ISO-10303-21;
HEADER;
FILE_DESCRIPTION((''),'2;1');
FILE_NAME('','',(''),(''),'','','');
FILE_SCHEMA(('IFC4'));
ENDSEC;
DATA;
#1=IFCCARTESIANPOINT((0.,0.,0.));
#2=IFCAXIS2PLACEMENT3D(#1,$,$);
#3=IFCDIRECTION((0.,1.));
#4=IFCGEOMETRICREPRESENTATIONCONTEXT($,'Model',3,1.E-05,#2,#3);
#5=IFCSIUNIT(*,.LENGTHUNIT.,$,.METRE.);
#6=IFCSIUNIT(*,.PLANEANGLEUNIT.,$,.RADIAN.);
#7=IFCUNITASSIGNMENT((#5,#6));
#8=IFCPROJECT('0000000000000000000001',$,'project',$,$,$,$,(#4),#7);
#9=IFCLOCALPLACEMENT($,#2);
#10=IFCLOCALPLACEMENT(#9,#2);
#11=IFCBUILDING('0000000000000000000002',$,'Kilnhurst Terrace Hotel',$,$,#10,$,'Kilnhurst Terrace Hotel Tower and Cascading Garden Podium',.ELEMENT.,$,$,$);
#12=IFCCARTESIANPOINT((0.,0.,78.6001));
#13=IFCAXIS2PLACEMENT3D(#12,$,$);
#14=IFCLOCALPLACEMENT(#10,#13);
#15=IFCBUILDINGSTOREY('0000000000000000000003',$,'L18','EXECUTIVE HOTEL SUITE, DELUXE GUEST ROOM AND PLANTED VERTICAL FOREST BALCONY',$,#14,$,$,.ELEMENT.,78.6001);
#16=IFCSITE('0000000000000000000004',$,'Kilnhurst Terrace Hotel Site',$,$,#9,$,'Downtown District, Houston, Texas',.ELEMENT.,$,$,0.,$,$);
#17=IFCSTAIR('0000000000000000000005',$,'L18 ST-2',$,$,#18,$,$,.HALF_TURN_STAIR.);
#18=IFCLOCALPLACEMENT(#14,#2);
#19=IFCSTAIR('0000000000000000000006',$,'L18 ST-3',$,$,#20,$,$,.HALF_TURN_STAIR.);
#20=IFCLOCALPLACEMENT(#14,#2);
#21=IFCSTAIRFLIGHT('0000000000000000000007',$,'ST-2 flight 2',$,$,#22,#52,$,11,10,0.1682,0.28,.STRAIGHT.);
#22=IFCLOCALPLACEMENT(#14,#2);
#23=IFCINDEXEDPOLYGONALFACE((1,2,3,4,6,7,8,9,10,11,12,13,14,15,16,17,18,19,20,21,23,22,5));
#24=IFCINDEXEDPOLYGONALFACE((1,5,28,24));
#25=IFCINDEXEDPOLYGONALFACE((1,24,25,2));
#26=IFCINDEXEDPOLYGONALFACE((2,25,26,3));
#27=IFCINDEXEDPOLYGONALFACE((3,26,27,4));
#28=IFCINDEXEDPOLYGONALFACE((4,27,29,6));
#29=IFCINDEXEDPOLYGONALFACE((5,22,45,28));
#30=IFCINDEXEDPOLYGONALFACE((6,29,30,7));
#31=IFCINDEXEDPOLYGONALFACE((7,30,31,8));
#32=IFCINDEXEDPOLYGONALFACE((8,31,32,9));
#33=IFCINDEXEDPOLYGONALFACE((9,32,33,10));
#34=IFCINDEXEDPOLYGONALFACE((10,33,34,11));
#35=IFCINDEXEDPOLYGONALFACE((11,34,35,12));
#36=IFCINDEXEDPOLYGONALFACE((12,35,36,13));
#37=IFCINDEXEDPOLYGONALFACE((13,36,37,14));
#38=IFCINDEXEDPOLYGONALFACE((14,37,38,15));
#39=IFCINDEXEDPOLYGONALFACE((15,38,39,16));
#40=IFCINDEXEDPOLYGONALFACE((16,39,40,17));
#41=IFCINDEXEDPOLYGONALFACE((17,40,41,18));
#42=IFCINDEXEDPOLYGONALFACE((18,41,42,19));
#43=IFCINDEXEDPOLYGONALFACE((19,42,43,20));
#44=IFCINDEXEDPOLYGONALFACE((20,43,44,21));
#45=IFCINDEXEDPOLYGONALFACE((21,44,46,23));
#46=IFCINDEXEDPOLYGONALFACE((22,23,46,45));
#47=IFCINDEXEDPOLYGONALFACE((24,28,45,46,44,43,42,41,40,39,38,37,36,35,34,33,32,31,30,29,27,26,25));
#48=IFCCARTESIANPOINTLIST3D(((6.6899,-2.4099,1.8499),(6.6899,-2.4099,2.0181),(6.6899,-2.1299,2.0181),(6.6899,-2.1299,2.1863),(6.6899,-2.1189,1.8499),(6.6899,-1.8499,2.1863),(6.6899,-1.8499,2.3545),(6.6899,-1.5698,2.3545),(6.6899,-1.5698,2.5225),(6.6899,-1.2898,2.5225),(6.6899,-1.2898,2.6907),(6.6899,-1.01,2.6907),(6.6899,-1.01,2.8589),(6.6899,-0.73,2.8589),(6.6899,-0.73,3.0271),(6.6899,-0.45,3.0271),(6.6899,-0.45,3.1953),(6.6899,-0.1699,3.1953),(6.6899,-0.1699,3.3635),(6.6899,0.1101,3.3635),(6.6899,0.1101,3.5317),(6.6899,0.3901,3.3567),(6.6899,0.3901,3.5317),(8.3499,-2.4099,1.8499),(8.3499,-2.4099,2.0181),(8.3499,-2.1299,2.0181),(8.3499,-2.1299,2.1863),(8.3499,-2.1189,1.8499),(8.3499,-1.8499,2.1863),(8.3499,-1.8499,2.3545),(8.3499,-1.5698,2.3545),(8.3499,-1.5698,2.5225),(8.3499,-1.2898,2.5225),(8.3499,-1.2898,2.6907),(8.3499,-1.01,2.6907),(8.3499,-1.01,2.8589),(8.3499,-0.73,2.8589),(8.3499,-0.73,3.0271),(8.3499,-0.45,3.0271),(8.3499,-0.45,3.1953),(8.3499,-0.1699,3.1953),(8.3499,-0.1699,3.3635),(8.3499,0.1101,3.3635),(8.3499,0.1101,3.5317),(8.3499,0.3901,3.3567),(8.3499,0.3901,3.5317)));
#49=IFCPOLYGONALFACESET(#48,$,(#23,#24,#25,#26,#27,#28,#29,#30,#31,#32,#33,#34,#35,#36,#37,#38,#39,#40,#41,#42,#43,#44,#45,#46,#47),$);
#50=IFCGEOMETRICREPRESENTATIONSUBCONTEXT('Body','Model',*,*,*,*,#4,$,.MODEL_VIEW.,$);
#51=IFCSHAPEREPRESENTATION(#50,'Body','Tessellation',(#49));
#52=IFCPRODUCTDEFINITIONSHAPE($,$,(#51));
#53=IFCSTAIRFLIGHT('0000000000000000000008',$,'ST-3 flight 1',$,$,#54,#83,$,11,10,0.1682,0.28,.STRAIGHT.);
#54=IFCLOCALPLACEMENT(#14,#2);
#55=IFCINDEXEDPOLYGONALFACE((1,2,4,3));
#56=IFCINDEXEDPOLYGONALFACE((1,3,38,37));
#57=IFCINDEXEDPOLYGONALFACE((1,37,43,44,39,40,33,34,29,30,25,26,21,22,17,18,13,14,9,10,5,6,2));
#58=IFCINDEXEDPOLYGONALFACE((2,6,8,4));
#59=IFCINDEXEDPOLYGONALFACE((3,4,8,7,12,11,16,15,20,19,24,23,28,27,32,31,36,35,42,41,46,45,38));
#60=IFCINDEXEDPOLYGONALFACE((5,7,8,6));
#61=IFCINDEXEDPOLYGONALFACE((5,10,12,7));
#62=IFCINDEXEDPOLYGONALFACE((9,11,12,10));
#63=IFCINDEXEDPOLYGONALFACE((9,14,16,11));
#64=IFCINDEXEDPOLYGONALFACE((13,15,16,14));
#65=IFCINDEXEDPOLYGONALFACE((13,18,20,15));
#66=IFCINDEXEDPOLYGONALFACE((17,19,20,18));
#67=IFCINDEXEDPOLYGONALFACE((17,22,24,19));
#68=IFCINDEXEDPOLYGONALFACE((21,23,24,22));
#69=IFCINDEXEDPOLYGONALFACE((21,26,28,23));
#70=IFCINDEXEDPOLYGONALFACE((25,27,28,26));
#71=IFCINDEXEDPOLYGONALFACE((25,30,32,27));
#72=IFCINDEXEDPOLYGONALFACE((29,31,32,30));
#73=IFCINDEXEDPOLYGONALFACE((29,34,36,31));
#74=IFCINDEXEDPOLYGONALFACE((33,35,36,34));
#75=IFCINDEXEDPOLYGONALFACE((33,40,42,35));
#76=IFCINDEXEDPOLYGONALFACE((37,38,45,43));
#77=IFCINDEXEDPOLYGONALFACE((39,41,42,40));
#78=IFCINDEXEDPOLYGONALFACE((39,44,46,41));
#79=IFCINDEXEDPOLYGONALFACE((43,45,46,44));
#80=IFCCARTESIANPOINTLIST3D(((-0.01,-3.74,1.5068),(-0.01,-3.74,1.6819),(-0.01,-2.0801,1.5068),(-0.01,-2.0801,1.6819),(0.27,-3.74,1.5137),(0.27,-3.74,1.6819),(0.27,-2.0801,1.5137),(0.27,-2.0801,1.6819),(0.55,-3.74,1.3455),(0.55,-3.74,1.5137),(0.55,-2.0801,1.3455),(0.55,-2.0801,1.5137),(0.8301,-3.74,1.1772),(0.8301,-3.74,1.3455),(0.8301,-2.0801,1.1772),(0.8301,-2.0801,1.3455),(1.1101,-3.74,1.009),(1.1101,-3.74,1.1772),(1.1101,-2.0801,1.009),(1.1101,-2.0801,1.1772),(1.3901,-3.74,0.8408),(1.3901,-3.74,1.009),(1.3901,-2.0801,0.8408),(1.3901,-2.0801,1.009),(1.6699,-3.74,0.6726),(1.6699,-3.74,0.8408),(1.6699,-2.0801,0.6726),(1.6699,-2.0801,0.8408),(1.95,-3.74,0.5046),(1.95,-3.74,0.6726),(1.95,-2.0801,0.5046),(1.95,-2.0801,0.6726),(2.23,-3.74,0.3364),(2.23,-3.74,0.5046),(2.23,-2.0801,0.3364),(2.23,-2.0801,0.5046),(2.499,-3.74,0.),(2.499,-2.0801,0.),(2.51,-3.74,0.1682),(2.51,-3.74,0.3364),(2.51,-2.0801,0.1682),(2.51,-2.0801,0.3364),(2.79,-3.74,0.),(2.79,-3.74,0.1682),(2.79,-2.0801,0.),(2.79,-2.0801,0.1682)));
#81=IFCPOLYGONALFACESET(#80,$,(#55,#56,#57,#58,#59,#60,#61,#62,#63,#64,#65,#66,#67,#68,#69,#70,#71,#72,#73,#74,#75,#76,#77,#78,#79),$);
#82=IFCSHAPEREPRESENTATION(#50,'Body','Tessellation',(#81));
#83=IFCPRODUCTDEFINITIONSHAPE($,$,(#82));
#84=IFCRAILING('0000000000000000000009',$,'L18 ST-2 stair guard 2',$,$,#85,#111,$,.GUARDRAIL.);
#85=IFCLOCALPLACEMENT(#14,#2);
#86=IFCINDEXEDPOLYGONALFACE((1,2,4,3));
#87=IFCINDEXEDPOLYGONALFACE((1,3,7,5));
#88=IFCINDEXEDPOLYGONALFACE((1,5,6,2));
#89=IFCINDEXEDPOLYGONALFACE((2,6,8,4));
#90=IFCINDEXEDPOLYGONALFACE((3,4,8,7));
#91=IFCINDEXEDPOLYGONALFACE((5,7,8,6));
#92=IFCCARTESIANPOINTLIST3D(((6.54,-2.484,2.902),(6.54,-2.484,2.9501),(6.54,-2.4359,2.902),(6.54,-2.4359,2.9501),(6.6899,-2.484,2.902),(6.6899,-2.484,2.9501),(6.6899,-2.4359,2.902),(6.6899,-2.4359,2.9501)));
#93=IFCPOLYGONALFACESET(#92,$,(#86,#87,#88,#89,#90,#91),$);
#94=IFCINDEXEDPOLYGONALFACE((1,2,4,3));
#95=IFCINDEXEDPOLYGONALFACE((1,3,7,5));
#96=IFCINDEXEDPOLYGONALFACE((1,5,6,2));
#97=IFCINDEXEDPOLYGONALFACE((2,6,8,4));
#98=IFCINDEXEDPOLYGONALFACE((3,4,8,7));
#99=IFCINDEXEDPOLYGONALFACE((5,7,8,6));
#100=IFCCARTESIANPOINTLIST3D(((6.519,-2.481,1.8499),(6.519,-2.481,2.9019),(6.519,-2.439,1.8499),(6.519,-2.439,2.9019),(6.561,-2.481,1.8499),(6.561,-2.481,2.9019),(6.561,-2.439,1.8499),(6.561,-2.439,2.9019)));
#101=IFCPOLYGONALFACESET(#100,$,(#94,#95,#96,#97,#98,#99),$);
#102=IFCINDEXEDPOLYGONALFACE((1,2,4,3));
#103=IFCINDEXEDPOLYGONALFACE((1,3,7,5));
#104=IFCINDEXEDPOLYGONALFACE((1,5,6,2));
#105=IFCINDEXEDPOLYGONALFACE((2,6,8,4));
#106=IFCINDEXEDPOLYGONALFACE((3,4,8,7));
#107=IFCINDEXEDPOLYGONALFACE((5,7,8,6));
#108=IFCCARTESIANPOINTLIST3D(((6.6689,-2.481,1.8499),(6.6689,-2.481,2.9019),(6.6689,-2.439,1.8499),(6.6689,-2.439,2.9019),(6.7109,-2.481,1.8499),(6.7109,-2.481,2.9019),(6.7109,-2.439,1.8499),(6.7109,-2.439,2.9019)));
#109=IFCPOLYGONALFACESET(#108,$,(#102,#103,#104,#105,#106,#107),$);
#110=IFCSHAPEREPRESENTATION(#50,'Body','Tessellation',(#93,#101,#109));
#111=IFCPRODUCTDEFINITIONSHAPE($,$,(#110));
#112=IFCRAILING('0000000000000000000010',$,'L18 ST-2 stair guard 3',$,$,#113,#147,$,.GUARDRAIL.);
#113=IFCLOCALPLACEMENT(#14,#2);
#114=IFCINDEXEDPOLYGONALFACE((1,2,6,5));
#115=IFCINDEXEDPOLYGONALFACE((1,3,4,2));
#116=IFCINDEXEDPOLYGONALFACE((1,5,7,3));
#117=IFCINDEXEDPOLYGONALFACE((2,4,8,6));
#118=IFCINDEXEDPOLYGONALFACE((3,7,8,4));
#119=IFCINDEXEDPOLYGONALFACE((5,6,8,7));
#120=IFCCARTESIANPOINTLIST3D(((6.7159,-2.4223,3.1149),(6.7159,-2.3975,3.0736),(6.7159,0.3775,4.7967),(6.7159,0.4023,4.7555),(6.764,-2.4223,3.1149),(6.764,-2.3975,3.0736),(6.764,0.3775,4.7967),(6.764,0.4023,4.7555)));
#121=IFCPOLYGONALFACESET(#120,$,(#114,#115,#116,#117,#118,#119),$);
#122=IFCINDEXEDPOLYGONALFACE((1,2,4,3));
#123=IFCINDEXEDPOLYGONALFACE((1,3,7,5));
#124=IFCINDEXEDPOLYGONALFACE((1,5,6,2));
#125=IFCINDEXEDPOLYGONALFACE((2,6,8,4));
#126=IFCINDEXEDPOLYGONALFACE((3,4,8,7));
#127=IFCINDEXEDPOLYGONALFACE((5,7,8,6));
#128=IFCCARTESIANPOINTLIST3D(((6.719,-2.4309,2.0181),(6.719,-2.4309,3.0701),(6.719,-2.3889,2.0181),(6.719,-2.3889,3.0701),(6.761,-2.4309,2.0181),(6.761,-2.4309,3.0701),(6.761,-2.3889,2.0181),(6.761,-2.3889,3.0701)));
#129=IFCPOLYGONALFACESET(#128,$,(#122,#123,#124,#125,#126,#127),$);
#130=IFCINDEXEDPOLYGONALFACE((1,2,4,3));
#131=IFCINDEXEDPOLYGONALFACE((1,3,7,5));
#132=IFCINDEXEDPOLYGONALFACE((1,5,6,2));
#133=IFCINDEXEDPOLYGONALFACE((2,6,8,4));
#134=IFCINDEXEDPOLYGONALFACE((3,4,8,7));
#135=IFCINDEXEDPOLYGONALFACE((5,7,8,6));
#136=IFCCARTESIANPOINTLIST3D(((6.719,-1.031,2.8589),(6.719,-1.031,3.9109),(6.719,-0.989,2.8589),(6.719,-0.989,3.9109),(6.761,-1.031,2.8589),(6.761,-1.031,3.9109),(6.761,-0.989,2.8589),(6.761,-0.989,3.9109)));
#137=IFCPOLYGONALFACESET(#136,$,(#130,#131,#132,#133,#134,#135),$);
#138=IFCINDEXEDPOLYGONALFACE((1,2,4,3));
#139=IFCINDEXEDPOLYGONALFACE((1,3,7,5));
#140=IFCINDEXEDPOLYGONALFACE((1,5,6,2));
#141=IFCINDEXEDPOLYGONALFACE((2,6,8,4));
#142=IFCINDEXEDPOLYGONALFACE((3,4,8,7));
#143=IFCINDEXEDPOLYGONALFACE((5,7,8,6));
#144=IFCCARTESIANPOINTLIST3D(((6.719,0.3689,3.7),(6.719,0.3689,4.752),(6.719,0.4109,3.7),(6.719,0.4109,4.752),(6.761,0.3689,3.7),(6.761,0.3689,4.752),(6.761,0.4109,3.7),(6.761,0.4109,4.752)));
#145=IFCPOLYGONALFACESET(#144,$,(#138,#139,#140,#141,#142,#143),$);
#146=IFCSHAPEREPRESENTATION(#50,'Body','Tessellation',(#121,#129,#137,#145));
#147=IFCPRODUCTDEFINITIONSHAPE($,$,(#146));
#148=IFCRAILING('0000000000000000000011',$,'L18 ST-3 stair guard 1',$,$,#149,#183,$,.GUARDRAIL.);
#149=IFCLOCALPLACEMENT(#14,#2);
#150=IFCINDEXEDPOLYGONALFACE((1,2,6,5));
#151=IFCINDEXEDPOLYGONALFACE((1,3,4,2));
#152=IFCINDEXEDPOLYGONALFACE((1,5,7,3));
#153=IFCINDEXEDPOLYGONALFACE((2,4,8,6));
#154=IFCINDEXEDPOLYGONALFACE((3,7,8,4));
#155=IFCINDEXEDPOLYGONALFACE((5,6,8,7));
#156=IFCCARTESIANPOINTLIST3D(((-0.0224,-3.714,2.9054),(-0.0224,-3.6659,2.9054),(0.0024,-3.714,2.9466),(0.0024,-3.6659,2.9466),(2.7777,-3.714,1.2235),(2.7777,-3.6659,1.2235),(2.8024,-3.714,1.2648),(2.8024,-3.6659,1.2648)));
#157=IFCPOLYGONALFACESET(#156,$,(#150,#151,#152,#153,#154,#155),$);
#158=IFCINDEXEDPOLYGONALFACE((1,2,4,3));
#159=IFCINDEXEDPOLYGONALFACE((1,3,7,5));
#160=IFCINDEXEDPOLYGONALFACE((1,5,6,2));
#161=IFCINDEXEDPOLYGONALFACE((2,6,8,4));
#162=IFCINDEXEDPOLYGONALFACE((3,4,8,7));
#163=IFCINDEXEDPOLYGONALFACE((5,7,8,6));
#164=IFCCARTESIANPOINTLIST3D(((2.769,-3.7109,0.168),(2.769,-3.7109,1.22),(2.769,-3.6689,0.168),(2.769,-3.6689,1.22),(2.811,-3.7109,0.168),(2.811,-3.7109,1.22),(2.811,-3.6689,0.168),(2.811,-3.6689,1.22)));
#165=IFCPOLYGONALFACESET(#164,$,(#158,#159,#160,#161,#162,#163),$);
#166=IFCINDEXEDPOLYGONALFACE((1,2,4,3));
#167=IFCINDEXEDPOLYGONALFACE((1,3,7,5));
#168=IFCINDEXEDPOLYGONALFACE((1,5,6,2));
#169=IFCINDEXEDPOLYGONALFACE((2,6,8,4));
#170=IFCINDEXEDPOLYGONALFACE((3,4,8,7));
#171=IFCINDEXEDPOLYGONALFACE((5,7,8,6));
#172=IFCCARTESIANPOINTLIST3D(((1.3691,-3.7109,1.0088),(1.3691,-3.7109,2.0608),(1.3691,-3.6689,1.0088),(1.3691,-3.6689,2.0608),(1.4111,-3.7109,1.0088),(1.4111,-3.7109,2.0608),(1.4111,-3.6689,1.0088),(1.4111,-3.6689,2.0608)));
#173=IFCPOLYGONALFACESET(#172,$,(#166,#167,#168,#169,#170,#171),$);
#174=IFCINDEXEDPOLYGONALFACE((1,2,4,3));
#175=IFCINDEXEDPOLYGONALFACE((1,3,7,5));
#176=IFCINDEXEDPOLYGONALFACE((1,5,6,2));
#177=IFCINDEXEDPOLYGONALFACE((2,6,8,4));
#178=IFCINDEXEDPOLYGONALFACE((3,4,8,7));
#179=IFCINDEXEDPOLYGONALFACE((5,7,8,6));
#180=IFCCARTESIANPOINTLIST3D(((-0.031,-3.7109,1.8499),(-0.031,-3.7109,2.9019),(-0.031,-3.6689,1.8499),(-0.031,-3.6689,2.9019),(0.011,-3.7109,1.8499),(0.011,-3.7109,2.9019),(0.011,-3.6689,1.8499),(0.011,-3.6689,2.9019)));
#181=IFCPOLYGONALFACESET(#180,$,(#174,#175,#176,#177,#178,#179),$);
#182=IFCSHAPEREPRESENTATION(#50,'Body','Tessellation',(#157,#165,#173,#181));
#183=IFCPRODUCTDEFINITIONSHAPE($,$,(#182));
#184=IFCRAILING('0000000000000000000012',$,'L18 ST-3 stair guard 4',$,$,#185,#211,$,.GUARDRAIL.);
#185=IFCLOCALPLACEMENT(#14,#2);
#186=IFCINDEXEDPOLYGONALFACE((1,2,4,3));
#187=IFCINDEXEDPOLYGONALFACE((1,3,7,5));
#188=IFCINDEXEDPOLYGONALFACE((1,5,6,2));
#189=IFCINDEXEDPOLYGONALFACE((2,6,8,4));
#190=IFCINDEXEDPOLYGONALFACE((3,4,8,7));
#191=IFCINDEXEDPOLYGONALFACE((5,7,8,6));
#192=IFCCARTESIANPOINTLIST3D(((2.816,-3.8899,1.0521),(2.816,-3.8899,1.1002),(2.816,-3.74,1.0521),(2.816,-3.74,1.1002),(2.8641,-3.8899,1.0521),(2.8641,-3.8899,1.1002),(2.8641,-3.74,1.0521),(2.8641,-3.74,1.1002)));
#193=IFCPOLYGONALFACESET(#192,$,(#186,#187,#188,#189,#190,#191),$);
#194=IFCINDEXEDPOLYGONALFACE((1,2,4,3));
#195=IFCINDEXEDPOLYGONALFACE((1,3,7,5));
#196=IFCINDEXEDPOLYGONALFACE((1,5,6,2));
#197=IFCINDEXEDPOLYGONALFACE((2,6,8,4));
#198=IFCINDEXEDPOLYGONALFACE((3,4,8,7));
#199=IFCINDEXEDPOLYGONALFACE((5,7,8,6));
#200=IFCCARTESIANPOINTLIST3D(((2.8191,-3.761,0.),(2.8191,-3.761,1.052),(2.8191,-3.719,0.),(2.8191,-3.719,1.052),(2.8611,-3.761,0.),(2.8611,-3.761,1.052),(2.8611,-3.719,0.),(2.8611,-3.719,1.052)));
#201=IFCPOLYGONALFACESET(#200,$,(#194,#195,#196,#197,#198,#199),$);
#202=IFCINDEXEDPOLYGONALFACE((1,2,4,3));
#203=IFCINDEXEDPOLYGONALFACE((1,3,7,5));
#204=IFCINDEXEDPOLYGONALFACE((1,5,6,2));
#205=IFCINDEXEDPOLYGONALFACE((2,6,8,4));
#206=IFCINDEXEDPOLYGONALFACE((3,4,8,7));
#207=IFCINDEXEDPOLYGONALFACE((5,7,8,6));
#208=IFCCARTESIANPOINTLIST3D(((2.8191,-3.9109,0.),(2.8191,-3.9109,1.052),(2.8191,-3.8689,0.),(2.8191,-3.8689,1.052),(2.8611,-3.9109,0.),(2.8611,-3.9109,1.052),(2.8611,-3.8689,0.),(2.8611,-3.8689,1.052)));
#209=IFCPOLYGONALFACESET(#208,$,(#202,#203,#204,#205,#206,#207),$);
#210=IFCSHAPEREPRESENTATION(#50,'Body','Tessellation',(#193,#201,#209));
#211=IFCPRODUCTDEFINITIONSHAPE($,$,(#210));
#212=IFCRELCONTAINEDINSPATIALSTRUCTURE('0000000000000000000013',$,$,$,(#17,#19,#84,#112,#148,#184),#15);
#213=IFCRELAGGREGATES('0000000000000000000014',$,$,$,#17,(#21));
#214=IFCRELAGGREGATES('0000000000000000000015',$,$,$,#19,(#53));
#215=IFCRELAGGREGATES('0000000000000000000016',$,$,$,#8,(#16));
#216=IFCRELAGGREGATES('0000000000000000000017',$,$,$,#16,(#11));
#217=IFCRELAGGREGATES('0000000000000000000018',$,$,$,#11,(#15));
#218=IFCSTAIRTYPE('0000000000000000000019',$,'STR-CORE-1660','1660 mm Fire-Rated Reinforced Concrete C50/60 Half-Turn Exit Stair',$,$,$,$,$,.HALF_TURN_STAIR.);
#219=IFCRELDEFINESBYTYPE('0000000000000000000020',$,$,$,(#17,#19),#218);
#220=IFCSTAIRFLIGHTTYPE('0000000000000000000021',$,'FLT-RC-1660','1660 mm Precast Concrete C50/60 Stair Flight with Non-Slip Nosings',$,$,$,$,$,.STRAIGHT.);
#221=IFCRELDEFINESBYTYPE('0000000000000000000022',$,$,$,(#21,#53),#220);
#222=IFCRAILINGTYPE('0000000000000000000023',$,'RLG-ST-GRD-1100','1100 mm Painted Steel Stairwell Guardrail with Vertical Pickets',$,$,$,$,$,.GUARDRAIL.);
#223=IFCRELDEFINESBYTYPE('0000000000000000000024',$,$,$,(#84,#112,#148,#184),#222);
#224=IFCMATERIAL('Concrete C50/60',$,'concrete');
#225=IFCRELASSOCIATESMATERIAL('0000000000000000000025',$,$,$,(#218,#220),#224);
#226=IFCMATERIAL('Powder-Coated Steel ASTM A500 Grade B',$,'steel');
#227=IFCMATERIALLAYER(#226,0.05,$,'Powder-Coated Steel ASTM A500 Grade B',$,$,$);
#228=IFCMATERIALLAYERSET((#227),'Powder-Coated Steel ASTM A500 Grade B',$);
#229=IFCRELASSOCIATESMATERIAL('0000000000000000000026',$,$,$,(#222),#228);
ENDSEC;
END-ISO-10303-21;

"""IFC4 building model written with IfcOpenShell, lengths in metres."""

from ifc_helpers import new_model, si_unit, direction, frame, origin, origin_2d, place, context, subcontext, project, spatial, polyline, rectangle, outline, extrude, material, layer, layer_set, type_object, element, aggregate, save


model = new_model("IFC4")

# Units and contexts
model_context = context("Model", 3, precision=1e-05, world=origin(), true_north=direction((0.0, 1.0)))
body_context = subcontext(model_context, "Body", "Model", "MODEL_VIEW")
ifc_project = project(units=[si_unit("LENGTHUNIT", "METRE"), si_unit("PLANEANGLEUNIT", "RADIAN")], contexts=[model_context])

# Site, building, storey
site_placement = place(None, origin())
site = spatial("IfcSite", under=ifc_project, at=site_placement, Name="Kilnhurst Terrace Hotel Site", LongName="Downtown District, Houston, Texas", CompositionType="ELEMENT", RefElevation=0.0)
building_placement = place(site_placement, origin())
building = spatial("IfcBuilding", under=site, at=building_placement, Name="Kilnhurst Terrace Hotel", LongName="Kilnhurst Terrace Hotel Tower and Cascading Garden Podium", CompositionType="ELEMENT")
storey_placement = place(building_placement, frame((0.0, 0.0, 78.6001)))
storey = spatial("IfcBuildingStorey", under=building, at=storey_placement, Name="L18", Description="EXECUTIVE HOTEL SUITE, DELUXE GUEST ROOM AND PLANTED VERTICAL FOREST BALCONY", CompositionType="ELEMENT", Elevation=78.6001)

# Shared definitions
ifc_material_1 = material(Name="Concrete C50/60", Category="concrete")

# Stairs
stair_type = type_object("IfcStairType", Name="STR-CORE-1660", Description="1660 mm Fire-Rated Reinforced Concrete C50/60 Half-Turn Exit Stair", PredefinedType="HALF_TURN_STAIR", material=ifc_material_1)
stair_1_placement = place(storey_placement, origin())
stair_1 = element("IfcStair", 1, at=stair_1_placement, inside=storey, type_object=stair_type, Name="L18 ST-2", PredefinedType="HALF_TURN_STAIR")
stair_2_placement = place(storey_placement, origin())
stair_2 = element("IfcStair", 2, at=stair_2_placement, inside=storey, type_object=stair_type, Name="L18 ST-3", PredefinedType="HALF_TURN_STAIR")

# Stair flights
stair_flight_type = type_object("IfcStairFlightType", Name="FLT-RC-1660", Description="1660 mm Precast Concrete C50/60 Stair Flight with Non-Slip Nosings", PredefinedType="STRAIGHT", material=ifc_material_1)
stair_flight_1_placement = place(storey_placement, frame((7.52, -2.4099, 1.8499), z_axis=(0.0, 0.0, 1.0), x_axis=(0.0, 1.0, 0.0)))
stair_flight_1 = element("IfcStairFlight", 3, at=stair_flight_1_placement, type_object=stair_flight_type, Name="ST-2 flight 2", NumberOfRisers=11, NumberOfTreads=10, PredefinedType="STRAIGHT", RiserHeight=0.1682, TreadLength=0.28, context=body_context, shape_type="SweptSolid", body=[
    extrude(outline(polyline([(0.0, 0.0), (0.0, 0.1682), (0.28, 0.1682), (0.28, 0.3364), (0.5601, 0.3364), (0.5601, 0.5046), (0.8401, 0.5046), (0.8401, 0.6726), (1.1201, 0.6726), (1.1201, 0.8408), (1.3999, 0.8408), (1.3999, 1.009), (1.6799, 1.009), (1.6799, 1.1772), (1.96, 1.1772), (1.96, 1.3455), (2.24, 1.3455), (2.24, 1.5137), (2.52, 1.5137), (2.52, 1.6819), (2.8, 1.6819), (2.8, 1.8501), (2.8, 1.5068), (0.291, 0.0), (0.0, 0.0)])), frame((0.0, 0.8301, 0.0), z_axis=(0.0, -1.0, 0.0), x_axis=(1.0, 0.0, 0.0)), (0.0, 0.0, 1.0), 1.6599),
])
aggregate(stair_1, [stair_flight_1])
stair_flight_2_placement = place(storey_placement, frame((2.79, -2.9099, 0.0), z_axis=(0.0, 0.0, 1.0), x_axis=(-1.0, 0.0, 0.0)))
stair_flight_2 = element("IfcStairFlight", 4, at=stair_flight_2_placement, type_object=stair_flight_type, Name="ST-3 flight 1", NumberOfRisers=11, NumberOfTreads=10, PredefinedType="STRAIGHT", RiserHeight=0.1682, TreadLength=0.28, context=body_context, shape_type="SweptSolid", body=[
    extrude(outline(polyline([(0.0, 0.0), (0.0, 0.1682), (0.28, 0.1682), (0.28, 0.3364), (0.5601, 0.3364), (0.5601, 0.5046), (0.8401, 0.5046), (0.8401, 0.6726), (1.1201, 0.6726), (1.1201, 0.8408), (1.3999, 0.8408), (1.3999, 1.009), (1.6799, 1.009), (1.6799, 1.1772), (1.96, 1.1772), (1.96, 1.3455), (2.24, 1.3455), (2.24, 1.5137), (2.52, 1.5137), (2.52, 1.6819), (2.8, 1.6819), (2.8, 1.8501), (2.8, 1.5068), (0.291, 0.0), (0.0, 0.0)])), frame((0.0, 0.8301, 0.0), z_axis=(0.0, -1.0, 0.0), x_axis=(1.0, 0.0, 0.0)), (0.0, 0.0, 1.0), 1.6599),
])
aggregate(stair_2, [stair_flight_2])

# Railings
ifc_material_2 = material(Name="Powder-Coated Steel ASTM A500 Grade B", Category="steel")
ifc_layer_1 = layer(ifc_material_2, 0.05, Name="Powder-Coated Steel ASTM A500 Grade B")
ifc_layer_set_1 = layer_set([ifc_layer_1], Name="Powder-Coated Steel ASTM A500 Grade B")
railing_type_1 = type_object("IfcRailingType", Name="RLG-ST-GRD-1100", Description="1100 mm Painted Steel Stairwell Guardrail with Vertical Pickets", PredefinedType="GUARDRAIL", material=ifc_layer_set_1)
railing_1_placement = place(storey_placement, frame((6.54, -2.46, 1.8499)))
element("IfcRailing", 5, at=railing_1_placement, inside=storey, type_object=railing_type_1, Name="L18 ST-2 stair guard 2", PredefinedType="GUARDRAIL", context=body_context, shape_type="SweptSolid", body=[
    extrude(rectangle(XDim=0.0481, YDim=0.0481, at=origin_2d()), frame((0.0, 0.0, 1.0762), z_axis=(1.0, 0.0, 0.0), x_axis=(0.0, 1.0, 0.0)), (0.0, 0.0, 1.0), 0.1499),
    extrude(rectangle(XDim=0.042, YDim=0.042, at=origin_2d()), origin(), (0.0, 0.0, 1.0), 1.052),
    extrude(rectangle(XDim=0.042, YDim=0.042, at=origin_2d()), frame((0.1499, 0.0, 0.0)), (0.0, 0.0, 1.0), 1.052),
])
railing_2_placement = place(storey_placement, frame((6.74, -2.4099, 2.0181)))
element("IfcRailing", 6, at=railing_2_placement, inside=storey, type_object=railing_type_1, Name="L18 ST-2 stair guard 3", PredefinedType="GUARDRAIL", context=body_context, shape_type="SweptSolid", body=[
    extrude(rectangle(XDim=0.0481, YDim=0.0481, at=origin_2d()), frame((0.0, 0.0, 1.0762), z_axis=(0.0, 0.857222, 0.514946), x_axis=(-1.0, 0.0, 0.0)), (0.0, 0.0, 1.0), 3.2661),
    extrude(rectangle(XDim=0.042, YDim=0.042, at=origin_2d()), origin(), (0.0, 0.0, 1.0), 1.052),
    extrude(rectangle(XDim=0.042, YDim=0.042, at=origin_2d()), frame((0.0, 1.3999, 0.8408)), (0.0, 0.0, 1.0), 1.052),
    extrude(rectangle(XDim=0.042, YDim=0.042, at=origin_2d()), frame((0.0, 2.7998, 1.6819)), (0.0, 0.0, 1.0), 1.052),
])
railing_3_placement = place(storey_placement, frame((2.79, -3.6899, 0.168)))
element("IfcRailing", 7, at=railing_3_placement, inside=storey, type_object=railing_type_1, Name="L18 ST-3 stair guard 1", PredefinedType="GUARDRAIL", context=body_context, shape_type="SweptSolid", body=[
    extrude(rectangle(XDim=0.0481, YDim=0.0481, at=origin_2d()), frame((0.0, 0.0, 1.0762), z_axis=(-0.857242, 0.0, 0.514913), x_axis=(0.0, -1.0, 0.0)), (0.0, 0.0, 1.0), 3.2664),
    extrude(rectangle(XDim=0.042, YDim=0.042, at=origin_2d()), origin(), (0.0, 0.0, 1.0), 1.052),
    extrude(rectangle(XDim=0.042, YDim=0.042, at=origin_2d()), frame((-1.3999, 0.0, 0.8408)), (0.0, 0.0, 1.0), 1.052),
    extrude(rectangle(XDim=0.042, YDim=0.042, at=origin_2d()), frame((-2.8, 0.0, 1.6819)), (0.0, 0.0, 1.0), 1.052),
])
railing_4_placement = place(storey_placement, frame((2.8401, -3.74, 0.0)))
element("IfcRailing", 8, at=railing_4_placement, inside=storey, type_object=railing_type_1, Name="L18 ST-3 stair guard 4", PredefinedType="GUARDRAIL", context=body_context, shape_type="SweptSolid", body=[
    extrude(rectangle(XDim=0.0481, YDim=0.0481, at=origin_2d()), frame((0.0, 0.0, 1.0762), z_axis=(0.0, -1.0, 0.0), x_axis=(1.0, 0.0, 0.0)), (0.0, 0.0, 1.0), 0.1499),
    extrude(rectangle(XDim=0.042, YDim=0.042, at=origin_2d()), origin(), (0.0, 0.0, 1.0), 1.052),
    extrude(rectangle(XDim=0.042, YDim=0.042, at=origin_2d()), frame((0.0, -0.1499, 0.0)), (0.0, 0.0, 1.0), 1.052),
])

save(model, "model.ifc")
